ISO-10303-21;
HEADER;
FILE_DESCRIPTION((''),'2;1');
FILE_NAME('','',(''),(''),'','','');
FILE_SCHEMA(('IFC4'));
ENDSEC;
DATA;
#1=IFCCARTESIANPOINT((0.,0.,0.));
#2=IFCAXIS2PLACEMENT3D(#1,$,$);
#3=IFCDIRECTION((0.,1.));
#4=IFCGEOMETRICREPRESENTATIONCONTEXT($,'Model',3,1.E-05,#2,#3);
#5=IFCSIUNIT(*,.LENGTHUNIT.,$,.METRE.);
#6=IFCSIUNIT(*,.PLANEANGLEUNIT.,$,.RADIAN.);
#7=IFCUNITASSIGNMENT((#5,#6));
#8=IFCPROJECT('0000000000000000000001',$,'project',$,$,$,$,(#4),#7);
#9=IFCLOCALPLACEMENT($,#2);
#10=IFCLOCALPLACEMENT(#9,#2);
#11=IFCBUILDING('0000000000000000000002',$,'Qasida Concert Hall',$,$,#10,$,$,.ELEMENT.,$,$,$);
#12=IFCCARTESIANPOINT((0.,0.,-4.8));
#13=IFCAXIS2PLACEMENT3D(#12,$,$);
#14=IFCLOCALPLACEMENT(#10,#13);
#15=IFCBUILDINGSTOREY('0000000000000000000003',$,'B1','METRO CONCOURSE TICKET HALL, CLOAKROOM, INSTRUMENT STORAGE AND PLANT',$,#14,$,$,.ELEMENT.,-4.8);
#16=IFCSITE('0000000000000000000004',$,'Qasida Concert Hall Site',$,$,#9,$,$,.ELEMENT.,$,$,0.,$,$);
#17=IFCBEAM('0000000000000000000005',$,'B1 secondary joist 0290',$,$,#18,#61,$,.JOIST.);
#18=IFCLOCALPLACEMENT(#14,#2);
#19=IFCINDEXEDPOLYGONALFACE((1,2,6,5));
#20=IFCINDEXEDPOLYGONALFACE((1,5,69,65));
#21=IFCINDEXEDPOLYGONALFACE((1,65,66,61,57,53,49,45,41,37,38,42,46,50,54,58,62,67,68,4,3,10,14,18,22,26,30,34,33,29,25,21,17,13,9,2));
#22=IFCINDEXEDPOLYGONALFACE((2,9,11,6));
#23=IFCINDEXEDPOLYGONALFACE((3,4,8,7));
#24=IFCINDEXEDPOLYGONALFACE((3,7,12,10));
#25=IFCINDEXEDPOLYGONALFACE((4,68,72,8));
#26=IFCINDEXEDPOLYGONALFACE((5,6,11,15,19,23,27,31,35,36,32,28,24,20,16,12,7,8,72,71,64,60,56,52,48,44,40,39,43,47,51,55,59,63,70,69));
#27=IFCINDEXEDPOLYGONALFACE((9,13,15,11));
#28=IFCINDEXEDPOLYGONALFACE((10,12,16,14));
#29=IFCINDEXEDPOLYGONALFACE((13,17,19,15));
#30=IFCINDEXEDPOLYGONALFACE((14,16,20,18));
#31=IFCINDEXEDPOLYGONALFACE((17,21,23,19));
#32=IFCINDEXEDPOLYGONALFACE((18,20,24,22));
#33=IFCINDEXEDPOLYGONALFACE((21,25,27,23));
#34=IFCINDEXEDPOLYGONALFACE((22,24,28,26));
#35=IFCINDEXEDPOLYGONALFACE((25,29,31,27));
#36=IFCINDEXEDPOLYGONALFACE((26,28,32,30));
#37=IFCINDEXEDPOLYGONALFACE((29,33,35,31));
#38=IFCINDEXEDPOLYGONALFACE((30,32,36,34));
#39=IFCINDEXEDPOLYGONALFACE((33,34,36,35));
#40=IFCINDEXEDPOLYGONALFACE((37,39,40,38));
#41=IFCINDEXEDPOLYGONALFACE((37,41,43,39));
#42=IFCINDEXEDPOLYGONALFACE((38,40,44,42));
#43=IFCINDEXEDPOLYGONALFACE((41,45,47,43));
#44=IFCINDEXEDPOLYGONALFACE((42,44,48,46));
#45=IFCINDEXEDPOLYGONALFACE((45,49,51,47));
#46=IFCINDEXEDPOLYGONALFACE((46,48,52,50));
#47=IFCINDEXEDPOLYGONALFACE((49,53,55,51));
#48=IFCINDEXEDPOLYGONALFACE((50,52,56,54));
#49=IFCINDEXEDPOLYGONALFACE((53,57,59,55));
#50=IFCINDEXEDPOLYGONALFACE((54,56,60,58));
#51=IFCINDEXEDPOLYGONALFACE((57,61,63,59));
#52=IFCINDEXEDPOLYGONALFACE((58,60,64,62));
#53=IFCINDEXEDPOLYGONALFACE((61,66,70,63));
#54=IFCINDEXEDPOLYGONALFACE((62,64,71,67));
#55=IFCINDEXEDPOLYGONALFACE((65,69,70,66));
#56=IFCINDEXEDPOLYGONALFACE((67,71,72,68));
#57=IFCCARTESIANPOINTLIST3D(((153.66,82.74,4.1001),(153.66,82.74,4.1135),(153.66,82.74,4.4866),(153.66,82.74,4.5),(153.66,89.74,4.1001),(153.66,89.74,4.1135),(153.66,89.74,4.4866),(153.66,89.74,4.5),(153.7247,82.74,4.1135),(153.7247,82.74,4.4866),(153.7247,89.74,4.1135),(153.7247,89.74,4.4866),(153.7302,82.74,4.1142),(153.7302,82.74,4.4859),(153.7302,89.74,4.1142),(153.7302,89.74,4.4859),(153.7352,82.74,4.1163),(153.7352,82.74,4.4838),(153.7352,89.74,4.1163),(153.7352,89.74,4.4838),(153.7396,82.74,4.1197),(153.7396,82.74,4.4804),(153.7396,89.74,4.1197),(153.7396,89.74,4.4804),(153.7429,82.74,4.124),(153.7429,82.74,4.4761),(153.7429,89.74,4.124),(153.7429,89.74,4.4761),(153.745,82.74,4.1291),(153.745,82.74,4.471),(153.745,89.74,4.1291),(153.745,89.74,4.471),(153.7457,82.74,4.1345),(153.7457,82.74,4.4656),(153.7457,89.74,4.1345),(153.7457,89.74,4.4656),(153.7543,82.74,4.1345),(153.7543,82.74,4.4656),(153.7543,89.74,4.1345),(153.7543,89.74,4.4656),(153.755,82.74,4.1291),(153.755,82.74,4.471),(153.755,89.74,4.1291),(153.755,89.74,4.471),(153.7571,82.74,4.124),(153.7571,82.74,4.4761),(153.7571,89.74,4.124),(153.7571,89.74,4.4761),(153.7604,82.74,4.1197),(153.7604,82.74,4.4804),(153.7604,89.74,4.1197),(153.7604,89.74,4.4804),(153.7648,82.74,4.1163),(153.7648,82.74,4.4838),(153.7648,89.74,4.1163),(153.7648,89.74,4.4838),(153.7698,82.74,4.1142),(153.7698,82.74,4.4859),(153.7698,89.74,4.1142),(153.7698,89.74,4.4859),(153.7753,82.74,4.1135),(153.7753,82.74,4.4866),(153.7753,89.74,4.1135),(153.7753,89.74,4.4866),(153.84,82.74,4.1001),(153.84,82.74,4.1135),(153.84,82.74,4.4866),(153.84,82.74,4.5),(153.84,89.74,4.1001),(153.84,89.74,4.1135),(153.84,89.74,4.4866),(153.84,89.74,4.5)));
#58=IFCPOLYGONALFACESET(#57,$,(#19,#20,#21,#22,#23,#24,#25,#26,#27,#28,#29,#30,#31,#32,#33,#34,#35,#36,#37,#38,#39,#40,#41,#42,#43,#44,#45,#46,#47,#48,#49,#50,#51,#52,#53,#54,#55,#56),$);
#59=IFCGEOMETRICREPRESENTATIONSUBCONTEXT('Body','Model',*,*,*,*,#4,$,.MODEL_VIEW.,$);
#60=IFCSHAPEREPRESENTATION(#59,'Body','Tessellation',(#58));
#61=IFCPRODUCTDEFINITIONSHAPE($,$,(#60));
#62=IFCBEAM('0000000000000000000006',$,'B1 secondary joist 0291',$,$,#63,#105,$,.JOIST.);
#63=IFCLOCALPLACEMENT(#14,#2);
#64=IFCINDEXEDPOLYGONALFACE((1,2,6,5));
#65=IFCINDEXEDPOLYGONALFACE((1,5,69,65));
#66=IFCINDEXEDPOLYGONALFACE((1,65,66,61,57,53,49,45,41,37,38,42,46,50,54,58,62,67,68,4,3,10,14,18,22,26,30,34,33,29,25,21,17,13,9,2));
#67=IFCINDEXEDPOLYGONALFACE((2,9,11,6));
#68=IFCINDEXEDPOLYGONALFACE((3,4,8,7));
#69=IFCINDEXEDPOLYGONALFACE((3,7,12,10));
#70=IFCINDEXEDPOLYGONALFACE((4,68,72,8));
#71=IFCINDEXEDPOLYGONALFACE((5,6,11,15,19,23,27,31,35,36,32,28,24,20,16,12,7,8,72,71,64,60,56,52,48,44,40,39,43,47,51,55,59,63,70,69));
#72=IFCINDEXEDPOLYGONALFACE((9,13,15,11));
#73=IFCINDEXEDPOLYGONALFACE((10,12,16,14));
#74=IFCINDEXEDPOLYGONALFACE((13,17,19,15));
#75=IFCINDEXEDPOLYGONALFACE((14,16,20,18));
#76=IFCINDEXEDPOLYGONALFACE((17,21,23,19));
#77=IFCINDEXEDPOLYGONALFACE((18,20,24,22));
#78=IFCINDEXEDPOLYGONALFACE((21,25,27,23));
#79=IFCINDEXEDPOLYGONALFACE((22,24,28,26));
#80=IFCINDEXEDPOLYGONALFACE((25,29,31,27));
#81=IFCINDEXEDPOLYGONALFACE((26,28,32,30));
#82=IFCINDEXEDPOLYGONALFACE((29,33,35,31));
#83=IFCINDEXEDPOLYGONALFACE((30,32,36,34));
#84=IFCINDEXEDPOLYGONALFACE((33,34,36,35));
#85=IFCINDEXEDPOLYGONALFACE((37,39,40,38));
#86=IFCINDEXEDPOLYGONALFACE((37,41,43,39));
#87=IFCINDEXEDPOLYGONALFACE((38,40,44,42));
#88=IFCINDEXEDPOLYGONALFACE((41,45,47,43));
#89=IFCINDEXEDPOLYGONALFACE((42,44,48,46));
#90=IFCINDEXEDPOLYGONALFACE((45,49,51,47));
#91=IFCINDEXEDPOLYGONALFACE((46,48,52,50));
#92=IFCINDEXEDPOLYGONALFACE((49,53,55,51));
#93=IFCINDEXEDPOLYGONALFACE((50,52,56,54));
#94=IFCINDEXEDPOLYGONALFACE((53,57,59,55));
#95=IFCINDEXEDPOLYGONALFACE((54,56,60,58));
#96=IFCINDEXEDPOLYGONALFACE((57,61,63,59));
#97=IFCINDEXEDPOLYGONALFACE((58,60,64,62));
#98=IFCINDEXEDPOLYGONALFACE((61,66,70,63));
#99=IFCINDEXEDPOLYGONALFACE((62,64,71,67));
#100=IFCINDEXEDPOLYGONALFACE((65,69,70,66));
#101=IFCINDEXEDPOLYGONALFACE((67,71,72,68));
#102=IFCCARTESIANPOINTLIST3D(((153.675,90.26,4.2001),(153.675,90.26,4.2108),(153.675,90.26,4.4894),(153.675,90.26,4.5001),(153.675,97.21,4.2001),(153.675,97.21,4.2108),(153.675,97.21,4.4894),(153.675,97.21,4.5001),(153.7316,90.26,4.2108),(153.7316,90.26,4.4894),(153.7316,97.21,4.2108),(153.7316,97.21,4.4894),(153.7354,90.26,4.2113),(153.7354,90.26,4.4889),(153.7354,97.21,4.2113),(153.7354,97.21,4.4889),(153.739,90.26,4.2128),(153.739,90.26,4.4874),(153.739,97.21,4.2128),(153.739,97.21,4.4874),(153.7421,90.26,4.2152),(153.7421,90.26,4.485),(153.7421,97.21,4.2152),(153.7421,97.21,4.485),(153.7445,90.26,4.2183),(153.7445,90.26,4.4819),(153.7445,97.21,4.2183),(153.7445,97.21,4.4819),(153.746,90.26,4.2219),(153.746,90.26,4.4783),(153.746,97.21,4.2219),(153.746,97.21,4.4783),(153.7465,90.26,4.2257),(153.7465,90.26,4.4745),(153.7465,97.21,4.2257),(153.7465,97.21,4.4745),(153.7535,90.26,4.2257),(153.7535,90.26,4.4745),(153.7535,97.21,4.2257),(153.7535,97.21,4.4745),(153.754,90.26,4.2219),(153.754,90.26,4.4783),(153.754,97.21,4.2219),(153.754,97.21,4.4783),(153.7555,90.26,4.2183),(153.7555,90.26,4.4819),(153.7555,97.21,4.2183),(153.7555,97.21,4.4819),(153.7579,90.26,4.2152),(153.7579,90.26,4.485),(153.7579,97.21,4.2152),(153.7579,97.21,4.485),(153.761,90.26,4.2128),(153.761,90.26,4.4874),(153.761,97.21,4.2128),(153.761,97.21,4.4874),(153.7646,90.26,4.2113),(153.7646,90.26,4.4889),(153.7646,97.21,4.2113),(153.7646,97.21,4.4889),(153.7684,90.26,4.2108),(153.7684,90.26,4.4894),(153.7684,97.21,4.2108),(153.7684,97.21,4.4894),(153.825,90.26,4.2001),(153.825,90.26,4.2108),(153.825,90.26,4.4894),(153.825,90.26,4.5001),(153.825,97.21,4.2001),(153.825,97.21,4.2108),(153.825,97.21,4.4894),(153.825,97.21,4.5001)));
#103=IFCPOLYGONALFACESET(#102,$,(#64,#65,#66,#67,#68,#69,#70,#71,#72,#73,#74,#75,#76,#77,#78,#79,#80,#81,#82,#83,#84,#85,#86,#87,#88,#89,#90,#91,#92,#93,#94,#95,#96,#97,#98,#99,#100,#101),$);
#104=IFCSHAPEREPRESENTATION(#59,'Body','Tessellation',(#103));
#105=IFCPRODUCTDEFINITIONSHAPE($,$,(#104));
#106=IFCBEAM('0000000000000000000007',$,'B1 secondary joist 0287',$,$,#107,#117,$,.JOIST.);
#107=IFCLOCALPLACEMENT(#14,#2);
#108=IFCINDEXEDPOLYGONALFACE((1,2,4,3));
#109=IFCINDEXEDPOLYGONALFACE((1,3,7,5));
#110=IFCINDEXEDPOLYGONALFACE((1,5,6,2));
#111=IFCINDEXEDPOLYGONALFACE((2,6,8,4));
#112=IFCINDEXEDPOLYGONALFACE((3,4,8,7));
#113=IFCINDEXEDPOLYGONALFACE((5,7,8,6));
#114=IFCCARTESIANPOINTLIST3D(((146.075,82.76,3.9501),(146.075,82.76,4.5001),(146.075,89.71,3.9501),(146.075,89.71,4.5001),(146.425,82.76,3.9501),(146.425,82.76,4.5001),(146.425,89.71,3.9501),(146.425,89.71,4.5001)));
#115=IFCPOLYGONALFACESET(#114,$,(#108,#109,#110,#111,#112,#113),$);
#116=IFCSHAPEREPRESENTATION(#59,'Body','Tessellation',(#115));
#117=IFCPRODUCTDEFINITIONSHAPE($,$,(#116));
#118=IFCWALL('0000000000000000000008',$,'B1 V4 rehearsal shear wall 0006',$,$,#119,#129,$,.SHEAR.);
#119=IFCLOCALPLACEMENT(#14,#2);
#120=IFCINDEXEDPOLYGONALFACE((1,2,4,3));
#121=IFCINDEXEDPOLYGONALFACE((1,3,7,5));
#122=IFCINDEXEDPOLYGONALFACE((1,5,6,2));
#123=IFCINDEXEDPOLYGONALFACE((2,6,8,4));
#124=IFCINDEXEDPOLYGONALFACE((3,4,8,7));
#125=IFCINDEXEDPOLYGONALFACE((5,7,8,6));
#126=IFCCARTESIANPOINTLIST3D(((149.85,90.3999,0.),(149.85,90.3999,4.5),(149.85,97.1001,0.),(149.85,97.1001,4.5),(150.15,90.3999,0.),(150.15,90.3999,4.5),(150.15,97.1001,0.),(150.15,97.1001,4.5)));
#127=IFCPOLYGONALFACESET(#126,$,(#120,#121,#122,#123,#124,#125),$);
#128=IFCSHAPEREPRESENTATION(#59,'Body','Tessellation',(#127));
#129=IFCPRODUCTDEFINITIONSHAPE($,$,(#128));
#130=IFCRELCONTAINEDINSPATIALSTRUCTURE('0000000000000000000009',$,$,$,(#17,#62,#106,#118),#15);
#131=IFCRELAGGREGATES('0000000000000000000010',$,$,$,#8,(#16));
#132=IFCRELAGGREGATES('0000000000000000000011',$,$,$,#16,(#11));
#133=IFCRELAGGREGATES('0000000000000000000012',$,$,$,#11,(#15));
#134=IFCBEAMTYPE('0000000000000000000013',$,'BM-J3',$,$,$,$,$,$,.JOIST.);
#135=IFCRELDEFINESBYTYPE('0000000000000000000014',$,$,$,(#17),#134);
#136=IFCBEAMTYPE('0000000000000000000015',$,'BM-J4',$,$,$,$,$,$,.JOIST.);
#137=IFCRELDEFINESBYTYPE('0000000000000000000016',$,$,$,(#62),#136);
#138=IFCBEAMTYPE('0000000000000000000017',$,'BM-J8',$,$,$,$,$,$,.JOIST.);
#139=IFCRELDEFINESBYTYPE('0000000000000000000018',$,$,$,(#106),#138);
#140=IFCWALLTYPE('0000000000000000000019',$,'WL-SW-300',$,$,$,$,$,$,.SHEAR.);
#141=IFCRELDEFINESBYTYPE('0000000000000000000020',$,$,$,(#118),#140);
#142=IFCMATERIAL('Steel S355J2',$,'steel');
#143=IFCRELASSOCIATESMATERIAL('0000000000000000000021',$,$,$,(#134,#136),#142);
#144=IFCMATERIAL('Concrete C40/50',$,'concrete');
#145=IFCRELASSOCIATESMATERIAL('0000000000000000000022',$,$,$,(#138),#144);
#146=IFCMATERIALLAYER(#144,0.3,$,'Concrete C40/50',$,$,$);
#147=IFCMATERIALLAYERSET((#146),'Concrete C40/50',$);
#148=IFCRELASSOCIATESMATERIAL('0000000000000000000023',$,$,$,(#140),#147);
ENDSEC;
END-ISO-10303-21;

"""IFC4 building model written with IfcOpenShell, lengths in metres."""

from ifc_helpers import new_model, si_unit, direction, frame, frame_2d, origin, origin_2d, place, context, subcontext, project, spatial, rectangle, i_section, extrude, material, layer, layer_set, material_profile, profile_set, type_object, element, save


model = new_model("IFC4")

# Units and contexts
model_context = context("Model", 3, precision=1e-05, world=origin(), true_north=direction((0.0, 1.0)))
body_context = subcontext(model_context, "Body", "Model", "MODEL_VIEW")
ifc_project = project(units=[si_unit("LENGTHUNIT", "METRE"), si_unit("PLANEANGLEUNIT", "RADIAN")], contexts=[model_context])

# Site, building, storey
site_placement = place(None, origin())
site = spatial("IfcSite", under=ifc_project, at=site_placement, Name="Qasida Concert Hall Site", CompositionType="ELEMENT", RefElevation=0.0)
building_placement = place(site_placement, origin())
building = spatial("IfcBuilding", under=site, at=building_placement, Name="Qasida Concert Hall", CompositionType="ELEMENT")
storey_placement = place(building_placement, frame((0.0, 0.0, -4.8)))
storey = spatial("IfcBuildingStorey", under=building, at=storey_placement, Name="B1", Description="METRO CONCOURSE TICKET HALL, CLOAKROOM, INSTRUMENT STORAGE AND PLANT", CompositionType="ELEMENT", Elevation=-4.8)

# Shared definitions
ifc_material_1 = material(Name="Concrete C40/50", Category="concrete")

# Beams
ifc_material_2 = material(Name="Steel S355J2", Category="steel")
ifc_material_profile_1 = material_profile(ifc_material_2, i_section(OverallWidth=0.1799, OverallDepth=0.3999, WebThickness=0.0085, FlangeThickness=0.0134, FilletRadius=0.021, at=origin_2d()), Name="IPE 400")
ifc_profile_set_1 = profile_set([ifc_material_profile_1], Name="Steel S355J2")
beam_type_1 = type_object("IfcBeamType", Name="BM-J3", PredefinedType="JOIST", material=ifc_profile_set_1)
beam_1_placement = place(storey_placement, frame((153.75, 82.74, 4.3), z_axis=(0.0, 1.0, 0.0), x_axis=(-1.0, 0.0, 0.0)))
element("IfcBeam", 1, at=beam_1_placement, inside=storey, type_object=beam_type_1, Name="B1 secondary joist 0290", PredefinedType="JOIST", context=body_context, shape_type="SweptSolid", body=[
    extrude(i_section(OverallWidth=0.1799, OverallDepth=0.3999, WebThickness=0.0085, FlangeThickness=0.0134, FilletRadius=0.021, at=origin_2d()), origin(), (0.0, 0.0, 1.0), 7.0),
])
ifc_material_profile_2 = material_profile(ifc_material_2, i_section(OverallWidth=0.1499, OverallDepth=0.3, WebThickness=0.0071, FlangeThickness=0.0107, FilletRadius=0.0149, at=origin_2d()), Name="IPE 300")
ifc_profile_set_2 = profile_set([ifc_material_profile_2], Name="Steel S355J2")
beam_type_2 = type_object("IfcBeamType", Name="BM-J4", PredefinedType="JOIST", material=ifc_profile_set_2)
beam_2_placement = place(storey_placement, frame((153.75, 90.26, 4.3501), z_axis=(0.0, 1.0, 0.0), x_axis=(-1.0, 0.0, 0.0)))
element("IfcBeam", 2, at=beam_2_placement, inside=storey, type_object=beam_type_2, Name="B1 secondary joist 0291", PredefinedType="JOIST", context=body_context, shape_type="SweptSolid", body=[
    extrude(i_section(OverallWidth=0.1499, OverallDepth=0.3, WebThickness=0.0071, FlangeThickness=0.0107, FilletRadius=0.0149, at=origin_2d()), origin(), (0.0, 0.0, 1.0), 6.95),
])
ifc_material_profile_3 = material_profile(ifc_material_1, rectangle(XDim=0.3501, YDim=0.55, at=origin_2d()), Name="RC 350x550")
ifc_profile_set_3 = profile_set([ifc_material_profile_3], Name="Concrete C40/50")
beam_type_3 = type_object("IfcBeamType", Name="BM-J8", PredefinedType="JOIST", material=ifc_profile_set_3)
beam_3_placement = place(storey_placement, frame((146.25, 82.76, 4.2251), z_axis=(0.0, 1.0, 0.0), x_axis=(-1.0, 0.0, 0.0)))
element("IfcBeam", 3, at=beam_3_placement, inside=storey, type_object=beam_type_3, Name="B1 secondary joist 0287", PredefinedType="JOIST", context=body_context, shape_type="SweptSolid", body=[
    extrude(rectangle(XDim=0.3501, YDim=0.55, at=origin_2d()), origin(), (0.0, 0.0, 1.0), 6.95),
])

# Wall
ifc_layer = layer(ifc_material_1, 0.3, Name="Concrete C40/50")
ifc_layer_set = layer_set([ifc_layer], Name="Concrete C40/50")
wall_type = type_object("IfcWallType", Name="WL-SW-300", PredefinedType="SHEAR", material=ifc_layer_set)
wall_placement = place(storey_placement, frame((150.0, 90.3999, 0.0), z_axis=(0.0, 0.0, 1.0), x_axis=(0.0, 1.0, 0.0)))
element("IfcWall", 4, at=wall_placement, inside=storey, type_object=wall_type, Name="B1 V4 rehearsal shear wall 0006", PredefinedType="SHEAR", context=body_context, shape_type="SweptSolid", body=[
    extrude(rectangle(XDim=6.7002, YDim=0.3, at=frame_2d((3.3501, 0.0))), origin(), (0.0, 0.0, 1.0), 4.5),
])

save(model, "model.ifc")
